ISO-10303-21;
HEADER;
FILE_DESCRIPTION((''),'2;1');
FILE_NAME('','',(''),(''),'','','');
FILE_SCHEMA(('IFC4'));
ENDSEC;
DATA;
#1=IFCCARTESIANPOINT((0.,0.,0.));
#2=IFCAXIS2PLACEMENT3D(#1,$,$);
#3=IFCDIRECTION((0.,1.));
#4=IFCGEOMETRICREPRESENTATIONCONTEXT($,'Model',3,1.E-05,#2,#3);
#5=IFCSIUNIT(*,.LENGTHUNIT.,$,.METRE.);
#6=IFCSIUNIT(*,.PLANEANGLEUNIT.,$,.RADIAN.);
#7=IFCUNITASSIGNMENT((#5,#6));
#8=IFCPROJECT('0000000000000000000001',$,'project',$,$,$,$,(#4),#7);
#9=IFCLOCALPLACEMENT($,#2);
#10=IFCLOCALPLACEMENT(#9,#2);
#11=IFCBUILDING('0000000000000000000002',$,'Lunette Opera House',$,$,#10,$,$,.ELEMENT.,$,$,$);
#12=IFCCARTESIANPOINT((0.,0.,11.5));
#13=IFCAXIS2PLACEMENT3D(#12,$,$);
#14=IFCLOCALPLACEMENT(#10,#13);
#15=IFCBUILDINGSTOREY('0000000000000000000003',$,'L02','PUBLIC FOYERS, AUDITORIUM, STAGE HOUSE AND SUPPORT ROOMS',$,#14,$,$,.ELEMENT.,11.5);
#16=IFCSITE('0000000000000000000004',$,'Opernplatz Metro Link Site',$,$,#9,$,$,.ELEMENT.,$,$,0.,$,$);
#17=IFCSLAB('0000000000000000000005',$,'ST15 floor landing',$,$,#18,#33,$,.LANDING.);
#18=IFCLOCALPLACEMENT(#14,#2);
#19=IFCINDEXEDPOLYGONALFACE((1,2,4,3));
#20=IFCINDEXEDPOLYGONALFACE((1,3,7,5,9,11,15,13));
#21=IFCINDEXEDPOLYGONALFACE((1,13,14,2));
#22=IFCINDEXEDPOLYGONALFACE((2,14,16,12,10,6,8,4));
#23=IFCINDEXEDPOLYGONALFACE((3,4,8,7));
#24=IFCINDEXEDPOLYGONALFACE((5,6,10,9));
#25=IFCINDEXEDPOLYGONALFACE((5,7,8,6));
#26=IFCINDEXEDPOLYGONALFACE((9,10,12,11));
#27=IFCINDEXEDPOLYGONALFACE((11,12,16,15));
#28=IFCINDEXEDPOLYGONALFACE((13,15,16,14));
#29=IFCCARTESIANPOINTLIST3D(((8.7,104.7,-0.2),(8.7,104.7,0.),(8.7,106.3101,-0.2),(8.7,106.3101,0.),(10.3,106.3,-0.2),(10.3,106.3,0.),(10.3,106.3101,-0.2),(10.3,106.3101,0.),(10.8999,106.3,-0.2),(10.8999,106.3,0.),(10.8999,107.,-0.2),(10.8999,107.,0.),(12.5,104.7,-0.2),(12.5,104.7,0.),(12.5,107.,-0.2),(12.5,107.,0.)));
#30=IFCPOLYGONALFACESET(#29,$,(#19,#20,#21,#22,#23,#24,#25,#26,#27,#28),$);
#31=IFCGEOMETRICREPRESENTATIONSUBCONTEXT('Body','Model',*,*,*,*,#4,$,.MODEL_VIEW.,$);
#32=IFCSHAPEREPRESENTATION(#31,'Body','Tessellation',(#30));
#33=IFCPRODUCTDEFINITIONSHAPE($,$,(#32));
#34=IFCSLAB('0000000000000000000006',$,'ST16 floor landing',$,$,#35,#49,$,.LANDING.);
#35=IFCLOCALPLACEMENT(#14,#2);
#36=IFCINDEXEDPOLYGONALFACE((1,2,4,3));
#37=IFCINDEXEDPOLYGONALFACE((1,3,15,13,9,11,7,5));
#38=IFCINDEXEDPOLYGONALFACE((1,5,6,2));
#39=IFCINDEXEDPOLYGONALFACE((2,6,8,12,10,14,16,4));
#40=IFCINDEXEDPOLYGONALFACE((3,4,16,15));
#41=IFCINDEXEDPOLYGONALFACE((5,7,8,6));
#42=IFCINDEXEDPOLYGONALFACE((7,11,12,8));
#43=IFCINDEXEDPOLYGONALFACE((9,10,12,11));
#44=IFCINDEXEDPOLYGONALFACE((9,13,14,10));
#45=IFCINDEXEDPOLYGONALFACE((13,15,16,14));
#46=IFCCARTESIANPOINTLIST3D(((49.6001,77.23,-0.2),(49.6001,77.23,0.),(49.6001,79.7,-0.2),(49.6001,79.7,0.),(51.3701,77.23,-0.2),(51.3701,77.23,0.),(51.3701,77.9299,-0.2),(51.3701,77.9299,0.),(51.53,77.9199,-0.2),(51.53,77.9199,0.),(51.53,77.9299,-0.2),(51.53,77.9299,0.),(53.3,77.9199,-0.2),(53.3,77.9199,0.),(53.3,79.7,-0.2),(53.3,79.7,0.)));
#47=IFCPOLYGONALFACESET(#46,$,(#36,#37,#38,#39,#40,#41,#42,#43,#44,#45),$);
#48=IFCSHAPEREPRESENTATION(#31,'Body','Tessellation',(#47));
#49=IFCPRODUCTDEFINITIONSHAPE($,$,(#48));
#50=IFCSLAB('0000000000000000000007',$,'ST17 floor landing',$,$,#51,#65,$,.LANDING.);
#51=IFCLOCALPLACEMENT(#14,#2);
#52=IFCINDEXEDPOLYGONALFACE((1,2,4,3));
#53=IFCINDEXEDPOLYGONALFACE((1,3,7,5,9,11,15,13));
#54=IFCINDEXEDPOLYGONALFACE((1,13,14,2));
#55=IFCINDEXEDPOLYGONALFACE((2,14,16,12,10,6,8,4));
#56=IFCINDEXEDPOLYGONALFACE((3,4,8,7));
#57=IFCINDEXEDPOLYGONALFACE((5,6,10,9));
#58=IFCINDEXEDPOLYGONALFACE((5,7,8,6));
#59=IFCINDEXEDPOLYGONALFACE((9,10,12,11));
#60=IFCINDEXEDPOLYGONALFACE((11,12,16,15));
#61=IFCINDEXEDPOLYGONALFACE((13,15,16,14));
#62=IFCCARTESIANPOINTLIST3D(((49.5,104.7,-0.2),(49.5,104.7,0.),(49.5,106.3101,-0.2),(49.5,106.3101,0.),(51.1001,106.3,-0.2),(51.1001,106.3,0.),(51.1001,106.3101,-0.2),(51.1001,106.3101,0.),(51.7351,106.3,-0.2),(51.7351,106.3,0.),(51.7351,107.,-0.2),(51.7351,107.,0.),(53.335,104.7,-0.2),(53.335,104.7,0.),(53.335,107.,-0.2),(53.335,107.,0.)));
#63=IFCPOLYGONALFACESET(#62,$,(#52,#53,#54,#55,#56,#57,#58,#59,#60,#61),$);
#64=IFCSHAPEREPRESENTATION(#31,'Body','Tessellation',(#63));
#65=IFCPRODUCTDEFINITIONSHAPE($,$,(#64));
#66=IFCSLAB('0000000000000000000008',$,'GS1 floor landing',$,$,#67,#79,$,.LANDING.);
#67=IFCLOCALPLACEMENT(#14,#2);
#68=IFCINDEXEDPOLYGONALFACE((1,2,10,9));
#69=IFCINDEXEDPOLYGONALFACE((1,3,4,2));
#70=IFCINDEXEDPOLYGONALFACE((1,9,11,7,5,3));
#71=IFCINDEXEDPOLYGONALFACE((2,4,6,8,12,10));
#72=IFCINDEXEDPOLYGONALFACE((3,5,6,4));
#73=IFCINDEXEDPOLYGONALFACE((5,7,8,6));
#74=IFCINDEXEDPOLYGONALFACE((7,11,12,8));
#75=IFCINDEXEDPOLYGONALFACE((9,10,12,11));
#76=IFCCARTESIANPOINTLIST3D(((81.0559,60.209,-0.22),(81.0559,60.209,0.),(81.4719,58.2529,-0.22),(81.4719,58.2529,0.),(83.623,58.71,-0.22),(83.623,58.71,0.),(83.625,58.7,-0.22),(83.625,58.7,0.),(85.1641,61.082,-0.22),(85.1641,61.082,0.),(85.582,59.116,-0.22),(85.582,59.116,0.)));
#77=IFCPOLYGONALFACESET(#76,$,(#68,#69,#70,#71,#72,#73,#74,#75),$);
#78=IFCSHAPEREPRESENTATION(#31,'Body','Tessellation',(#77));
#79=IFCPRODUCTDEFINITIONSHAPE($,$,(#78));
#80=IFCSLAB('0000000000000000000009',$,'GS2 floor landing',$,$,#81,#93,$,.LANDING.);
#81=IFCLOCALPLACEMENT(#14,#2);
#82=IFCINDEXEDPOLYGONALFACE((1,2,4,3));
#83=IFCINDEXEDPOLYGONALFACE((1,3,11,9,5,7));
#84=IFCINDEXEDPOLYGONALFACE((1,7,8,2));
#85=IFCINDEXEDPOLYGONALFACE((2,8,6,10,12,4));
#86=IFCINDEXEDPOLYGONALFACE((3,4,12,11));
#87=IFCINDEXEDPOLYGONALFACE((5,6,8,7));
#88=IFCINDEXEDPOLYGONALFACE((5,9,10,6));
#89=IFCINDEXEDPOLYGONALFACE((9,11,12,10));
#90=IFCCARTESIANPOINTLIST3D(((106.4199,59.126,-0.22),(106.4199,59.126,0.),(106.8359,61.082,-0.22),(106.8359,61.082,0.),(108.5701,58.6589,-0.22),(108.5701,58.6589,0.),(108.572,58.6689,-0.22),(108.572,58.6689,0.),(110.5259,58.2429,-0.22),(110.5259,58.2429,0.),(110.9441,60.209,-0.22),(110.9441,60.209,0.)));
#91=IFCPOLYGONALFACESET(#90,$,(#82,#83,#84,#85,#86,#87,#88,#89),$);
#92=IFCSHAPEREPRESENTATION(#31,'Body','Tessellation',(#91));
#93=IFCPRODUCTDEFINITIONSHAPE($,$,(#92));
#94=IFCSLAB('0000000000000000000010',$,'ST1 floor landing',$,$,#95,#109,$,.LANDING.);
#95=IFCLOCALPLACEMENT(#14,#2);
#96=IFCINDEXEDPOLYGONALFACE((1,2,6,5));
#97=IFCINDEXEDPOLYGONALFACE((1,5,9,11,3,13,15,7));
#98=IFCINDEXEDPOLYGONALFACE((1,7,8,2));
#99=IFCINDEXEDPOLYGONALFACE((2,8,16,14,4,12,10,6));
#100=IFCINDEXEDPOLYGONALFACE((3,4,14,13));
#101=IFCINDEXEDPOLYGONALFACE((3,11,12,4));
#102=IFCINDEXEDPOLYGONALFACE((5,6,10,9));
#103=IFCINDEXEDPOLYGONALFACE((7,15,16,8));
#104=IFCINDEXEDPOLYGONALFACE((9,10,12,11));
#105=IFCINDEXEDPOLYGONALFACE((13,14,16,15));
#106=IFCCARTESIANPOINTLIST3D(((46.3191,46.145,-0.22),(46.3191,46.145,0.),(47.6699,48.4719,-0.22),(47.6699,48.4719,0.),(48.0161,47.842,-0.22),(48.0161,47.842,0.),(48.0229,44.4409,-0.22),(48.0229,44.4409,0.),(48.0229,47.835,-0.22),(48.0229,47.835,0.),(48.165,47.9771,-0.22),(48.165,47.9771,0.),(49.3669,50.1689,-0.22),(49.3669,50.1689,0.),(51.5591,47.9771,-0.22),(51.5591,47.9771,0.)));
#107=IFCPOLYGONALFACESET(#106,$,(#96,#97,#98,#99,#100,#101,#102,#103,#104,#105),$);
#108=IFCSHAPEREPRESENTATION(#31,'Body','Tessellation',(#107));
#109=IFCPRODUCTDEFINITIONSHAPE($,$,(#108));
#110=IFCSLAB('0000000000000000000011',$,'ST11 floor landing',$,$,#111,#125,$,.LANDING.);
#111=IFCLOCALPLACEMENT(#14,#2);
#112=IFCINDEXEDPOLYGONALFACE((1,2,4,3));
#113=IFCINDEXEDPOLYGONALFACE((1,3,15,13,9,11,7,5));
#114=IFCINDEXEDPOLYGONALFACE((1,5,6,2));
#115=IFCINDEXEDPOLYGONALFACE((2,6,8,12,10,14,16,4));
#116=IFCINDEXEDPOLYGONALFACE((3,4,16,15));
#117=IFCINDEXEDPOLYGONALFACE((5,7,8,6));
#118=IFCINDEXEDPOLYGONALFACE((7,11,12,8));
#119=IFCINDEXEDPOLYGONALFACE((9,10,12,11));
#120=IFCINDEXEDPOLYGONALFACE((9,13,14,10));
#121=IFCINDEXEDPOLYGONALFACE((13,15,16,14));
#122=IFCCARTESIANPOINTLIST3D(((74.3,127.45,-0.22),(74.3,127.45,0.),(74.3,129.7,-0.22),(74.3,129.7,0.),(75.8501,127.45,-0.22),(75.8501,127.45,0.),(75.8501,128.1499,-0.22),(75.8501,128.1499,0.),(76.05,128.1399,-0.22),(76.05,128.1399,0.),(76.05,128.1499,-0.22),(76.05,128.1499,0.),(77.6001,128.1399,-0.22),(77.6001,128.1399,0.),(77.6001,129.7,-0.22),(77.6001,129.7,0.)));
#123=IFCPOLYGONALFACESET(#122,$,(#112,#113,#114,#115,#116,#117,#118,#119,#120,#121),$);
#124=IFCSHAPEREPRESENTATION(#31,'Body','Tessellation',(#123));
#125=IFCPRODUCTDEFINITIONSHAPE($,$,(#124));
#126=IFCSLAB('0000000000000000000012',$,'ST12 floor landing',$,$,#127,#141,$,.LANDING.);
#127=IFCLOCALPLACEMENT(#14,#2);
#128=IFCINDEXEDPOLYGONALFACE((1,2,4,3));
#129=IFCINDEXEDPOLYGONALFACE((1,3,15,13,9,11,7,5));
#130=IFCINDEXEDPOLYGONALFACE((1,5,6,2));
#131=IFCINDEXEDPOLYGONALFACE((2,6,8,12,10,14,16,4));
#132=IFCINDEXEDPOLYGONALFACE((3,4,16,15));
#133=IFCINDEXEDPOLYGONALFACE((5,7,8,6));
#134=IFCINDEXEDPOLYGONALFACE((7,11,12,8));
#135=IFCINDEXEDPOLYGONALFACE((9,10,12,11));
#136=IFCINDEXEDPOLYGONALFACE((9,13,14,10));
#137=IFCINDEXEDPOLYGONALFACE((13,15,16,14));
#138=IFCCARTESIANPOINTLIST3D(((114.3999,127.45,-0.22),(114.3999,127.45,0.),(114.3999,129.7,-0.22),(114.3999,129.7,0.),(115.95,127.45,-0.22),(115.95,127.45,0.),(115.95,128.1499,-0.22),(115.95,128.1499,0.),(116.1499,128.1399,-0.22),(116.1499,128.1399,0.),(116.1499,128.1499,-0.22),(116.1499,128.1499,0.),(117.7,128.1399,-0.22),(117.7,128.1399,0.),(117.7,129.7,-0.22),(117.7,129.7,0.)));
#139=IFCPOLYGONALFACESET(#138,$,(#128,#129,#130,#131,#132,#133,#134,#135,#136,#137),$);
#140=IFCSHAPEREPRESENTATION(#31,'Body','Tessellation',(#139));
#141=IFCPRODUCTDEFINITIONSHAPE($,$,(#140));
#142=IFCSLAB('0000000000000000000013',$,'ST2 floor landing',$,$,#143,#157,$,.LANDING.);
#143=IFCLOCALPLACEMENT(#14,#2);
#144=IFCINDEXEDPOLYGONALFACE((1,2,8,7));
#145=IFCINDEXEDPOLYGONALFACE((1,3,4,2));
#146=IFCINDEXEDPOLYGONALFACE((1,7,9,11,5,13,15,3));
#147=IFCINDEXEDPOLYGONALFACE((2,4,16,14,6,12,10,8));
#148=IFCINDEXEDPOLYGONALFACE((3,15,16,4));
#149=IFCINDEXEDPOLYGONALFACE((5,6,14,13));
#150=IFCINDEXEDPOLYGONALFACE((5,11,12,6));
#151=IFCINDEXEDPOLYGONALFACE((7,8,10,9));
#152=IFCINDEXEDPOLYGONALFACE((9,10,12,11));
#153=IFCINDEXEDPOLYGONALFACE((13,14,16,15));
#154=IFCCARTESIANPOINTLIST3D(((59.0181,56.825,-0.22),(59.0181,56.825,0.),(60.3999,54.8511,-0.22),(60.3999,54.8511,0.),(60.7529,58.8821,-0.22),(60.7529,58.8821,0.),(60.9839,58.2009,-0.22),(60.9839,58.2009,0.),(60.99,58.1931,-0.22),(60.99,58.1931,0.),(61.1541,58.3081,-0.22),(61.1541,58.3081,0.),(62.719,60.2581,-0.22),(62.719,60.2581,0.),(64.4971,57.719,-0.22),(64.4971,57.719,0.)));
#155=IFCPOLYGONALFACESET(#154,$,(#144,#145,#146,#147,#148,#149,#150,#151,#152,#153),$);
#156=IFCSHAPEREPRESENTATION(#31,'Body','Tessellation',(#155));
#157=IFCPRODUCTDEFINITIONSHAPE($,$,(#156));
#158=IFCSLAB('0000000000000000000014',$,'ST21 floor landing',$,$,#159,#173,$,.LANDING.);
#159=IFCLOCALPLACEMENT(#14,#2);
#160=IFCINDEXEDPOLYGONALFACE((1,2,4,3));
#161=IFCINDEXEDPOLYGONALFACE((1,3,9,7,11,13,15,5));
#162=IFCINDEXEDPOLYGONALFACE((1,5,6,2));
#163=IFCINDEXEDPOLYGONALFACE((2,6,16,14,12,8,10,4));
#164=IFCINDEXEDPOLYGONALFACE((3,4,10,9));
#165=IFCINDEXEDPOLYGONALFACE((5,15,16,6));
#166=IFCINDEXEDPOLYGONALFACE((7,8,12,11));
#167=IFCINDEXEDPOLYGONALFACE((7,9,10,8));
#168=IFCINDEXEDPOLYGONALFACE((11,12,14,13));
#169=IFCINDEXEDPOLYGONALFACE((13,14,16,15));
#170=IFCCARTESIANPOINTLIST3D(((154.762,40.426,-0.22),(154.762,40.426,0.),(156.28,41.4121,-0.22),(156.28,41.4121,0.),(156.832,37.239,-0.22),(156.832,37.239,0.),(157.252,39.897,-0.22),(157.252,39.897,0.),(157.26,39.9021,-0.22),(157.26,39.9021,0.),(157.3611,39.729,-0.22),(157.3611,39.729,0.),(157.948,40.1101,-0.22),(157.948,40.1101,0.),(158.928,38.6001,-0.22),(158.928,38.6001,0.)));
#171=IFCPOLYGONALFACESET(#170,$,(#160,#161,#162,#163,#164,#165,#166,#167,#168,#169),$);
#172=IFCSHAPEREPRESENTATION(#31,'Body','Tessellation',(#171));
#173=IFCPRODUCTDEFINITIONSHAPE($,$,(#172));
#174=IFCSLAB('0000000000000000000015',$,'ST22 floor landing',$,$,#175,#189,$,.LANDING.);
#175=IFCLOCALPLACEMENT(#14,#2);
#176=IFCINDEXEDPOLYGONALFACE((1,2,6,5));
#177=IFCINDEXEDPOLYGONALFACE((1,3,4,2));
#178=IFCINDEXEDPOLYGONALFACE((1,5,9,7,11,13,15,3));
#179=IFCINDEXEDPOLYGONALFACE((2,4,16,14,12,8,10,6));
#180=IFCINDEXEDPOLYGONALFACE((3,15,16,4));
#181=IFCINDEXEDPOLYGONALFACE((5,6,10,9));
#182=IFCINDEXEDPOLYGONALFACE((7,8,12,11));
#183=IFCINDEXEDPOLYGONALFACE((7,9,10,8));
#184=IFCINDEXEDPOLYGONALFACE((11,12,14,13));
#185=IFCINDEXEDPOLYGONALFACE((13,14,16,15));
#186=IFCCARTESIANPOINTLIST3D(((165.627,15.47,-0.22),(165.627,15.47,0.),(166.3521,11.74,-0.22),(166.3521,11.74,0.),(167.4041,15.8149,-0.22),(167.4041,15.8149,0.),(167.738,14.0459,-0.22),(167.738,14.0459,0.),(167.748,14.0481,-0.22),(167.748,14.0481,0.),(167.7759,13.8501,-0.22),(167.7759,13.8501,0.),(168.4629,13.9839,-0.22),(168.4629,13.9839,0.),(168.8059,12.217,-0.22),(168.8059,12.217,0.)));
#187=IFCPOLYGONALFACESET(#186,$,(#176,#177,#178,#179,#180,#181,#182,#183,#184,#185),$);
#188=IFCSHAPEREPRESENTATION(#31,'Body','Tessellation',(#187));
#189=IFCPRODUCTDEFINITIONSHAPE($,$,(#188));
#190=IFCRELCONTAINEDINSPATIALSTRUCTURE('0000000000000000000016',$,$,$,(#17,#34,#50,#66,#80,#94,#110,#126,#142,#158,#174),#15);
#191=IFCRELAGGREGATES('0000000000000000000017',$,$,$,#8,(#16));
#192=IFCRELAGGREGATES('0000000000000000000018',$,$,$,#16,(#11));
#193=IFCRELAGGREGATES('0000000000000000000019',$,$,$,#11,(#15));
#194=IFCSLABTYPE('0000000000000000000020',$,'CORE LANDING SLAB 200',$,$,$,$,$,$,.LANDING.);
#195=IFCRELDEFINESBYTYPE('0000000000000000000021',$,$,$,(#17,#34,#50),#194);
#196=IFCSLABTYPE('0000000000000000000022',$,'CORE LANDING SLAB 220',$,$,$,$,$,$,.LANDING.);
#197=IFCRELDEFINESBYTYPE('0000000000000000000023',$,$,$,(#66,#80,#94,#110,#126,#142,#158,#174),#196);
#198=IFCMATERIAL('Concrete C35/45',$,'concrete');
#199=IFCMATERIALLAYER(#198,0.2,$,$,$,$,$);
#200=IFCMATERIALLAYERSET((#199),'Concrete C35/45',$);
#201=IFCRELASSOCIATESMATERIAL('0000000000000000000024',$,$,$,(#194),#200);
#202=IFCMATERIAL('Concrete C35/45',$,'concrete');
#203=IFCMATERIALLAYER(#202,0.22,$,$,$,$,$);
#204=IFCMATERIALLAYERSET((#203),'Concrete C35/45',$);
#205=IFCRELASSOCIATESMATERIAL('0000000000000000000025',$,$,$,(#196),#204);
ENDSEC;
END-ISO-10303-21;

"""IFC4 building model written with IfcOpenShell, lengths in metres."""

from ifc_helpers import new_model, si_unit, direction, frame, origin, place, context, subcontext, project, spatial, polyline, outline, extrude, material, layer, layer_set, type_object, element, save


model = new_model("IFC4")

# Units and contexts
model_context = context("Model", 3, precision=1e-05, world=origin(), true_north=direction((0.0, 1.0)))
body_context = subcontext(model_context, "Body", "Model", "MODEL_VIEW")
ifc_project = project(units=[si_unit("LENGTHUNIT", "METRE"), si_unit("PLANEANGLEUNIT", "RADIAN")], contexts=[model_context])

# Site, building, storey
site_placement = place(None, origin())
site = spatial("IfcSite", under=ifc_project, at=site_placement, Name="Opernplatz Metro Link Site", CompositionType="ELEMENT", RefElevation=0.0)
building_placement = place(site_placement, origin())
building = spatial("IfcBuilding", under=site, at=building_placement, Name="Lunette Opera House", CompositionType="ELEMENT")
storey_placement = place(building_placement, frame((0.0, 0.0, 11.5)))
storey = spatial("IfcBuildingStorey", under=building, at=storey_placement, Name="L02", Description="PUBLIC FOYERS, AUDITORIUM, STAGE HOUSE AND SUPPORT ROOMS", CompositionType="ELEMENT", Elevation=11.5)

# Slabs
ifc_material_1 = material(Name="Concrete C35/45", Category="concrete")
ifc_layer_1 = layer(ifc_material_1, 0.2)
ifc_layer_set_1 = layer_set([ifc_layer_1], Name="Concrete C35/45")
slab_type_1 = type_object("IfcSlabType", Name="CORE LANDING SLAB 200", PredefinedType="LANDING", material=ifc_layer_set_1)
slab_1_placement = place(storey_placement, frame((0.0, 0.0, -0.2)))
element("IfcSlab", 1, at=slab_1_placement, inside=storey, type_object=slab_type_1, Name="ST15 floor landing", PredefinedType="LANDING", context=body_context, shape_type="SweptSolid", body=[
    extrude(outline(polyline([(10.8999, 106.3), (10.8999, 107.0), (12.5, 107.0), (12.5, 104.7), (8.7, 104.7), (8.7, 106.3101), (10.3, 106.3101), (10.3, 106.3), (10.8999, 106.3)])), origin(), (0.0, 0.0, 1.0), 0.2),
])
slab_2_placement = place(storey_placement, frame((0.0, 0.0, -0.2)))
element("IfcSlab", 2, at=slab_2_placement, inside=storey, type_object=slab_type_1, Name="ST16 floor landing", PredefinedType="LANDING", context=body_context, shape_type="SweptSolid", body=[
    extrude(outline(polyline([(53.3, 77.9199), (51.53, 77.9199), (51.53, 77.9299), (51.3701, 77.9299), (51.3701, 77.23), (49.6001, 77.23), (49.6001, 79.7), (53.3, 79.7), (53.3, 77.9199)])), origin(), (0.0, 0.0, 1.0), 0.2),
])
slab_3_placement = place(storey_placement, frame((0.0, 0.0, -0.2)))
element("IfcSlab", 3, at=slab_3_placement, inside=storey, type_object=slab_type_1, Name="ST17 floor landing", PredefinedType="LANDING", context=body_context, shape_type="SweptSolid", body=[
    extrude(outline(polyline([(53.335, 104.7), (49.5, 104.7), (49.5, 106.3101), (51.1001, 106.3101), (51.1001, 106.3), (51.7351, 106.3), (51.7351, 107.0), (53.335, 107.0), (53.335, 104.7)])), origin(), (0.0, 0.0, 1.0), 0.2),
])
ifc_material_2 = material(Name="Concrete C35/45", Category="concrete")
ifc_layer_2 = layer(ifc_material_2, 0.22)
ifc_layer_set_2 = layer_set([ifc_layer_2], Name="Concrete C35/45")
slab_type_2 = type_object("IfcSlabType", Name="CORE LANDING SLAB 220", PredefinedType="LANDING", material=ifc_layer_set_2)
slab_4_placement = place(storey_placement, frame((0.0, 0.0, -0.22)))
element("IfcSlab", 4, at=slab_4_placement, inside=storey, type_object=slab_type_2, Name="GS1 floor landing", PredefinedType="LANDING", context=body_context, shape_type="SweptSolid", body=[
    extrude(outline(polyline([(85.1641, 61.082), (85.582, 59.116), (83.625, 58.7), (83.623, 58.71), (81.4719, 58.2529), (81.0559, 60.209), (85.1641, 61.082)])), origin(), (0.0, 0.0, 1.0), 0.22),
])
slab_5_placement = place(storey_placement, frame((0.0, 0.0, -0.22)))
element("IfcSlab", 5, at=slab_5_placement, inside=storey, type_object=slab_type_2, Name="GS2 floor landing", PredefinedType="LANDING", context=body_context, shape_type="SweptSolid", body=[
    extrude(outline(polyline([(110.9441, 60.209), (110.5259, 58.2429), (108.5701, 58.6589), (108.572, 58.6689), (106.4199, 59.126), (106.8359, 61.082), (110.9441, 60.209)])), origin(), (0.0, 0.0, 1.0), 0.22),
])
slab_6_placement = place(storey_placement, frame((0.0, 0.0, -0.22)))
element("IfcSlab", 6, at=slab_6_placement, inside=storey, type_object=slab_type_2, Name="ST1 floor landing", PredefinedType="LANDING", context=body_context, shape_type="SweptSolid", body=[
    extrude(outline(polyline([(46.3191, 46.145), (48.0161, 47.842), (48.0229, 47.835), (48.165, 47.9771), (47.6699, 48.4719), (49.3669, 50.1689), (51.5591, 47.9771), (48.0229, 44.4409), (46.3191, 46.145)])), origin(), (0.0, 0.0, 1.0), 0.22),
])
slab_7_placement = place(storey_placement, frame((0.0, 0.0, -0.22)))
element("IfcSlab", 7, at=slab_7_placement, inside=storey, type_object=slab_type_2, Name="ST11 floor landing", PredefinedType="LANDING", context=body_context, shape_type="SweptSolid", body=[
    extrude(outline(polyline([(77.6001, 129.7), (77.6001, 128.1399), (76.05, 128.1399), (76.05, 128.1499), (75.8501, 128.1499), (75.8501, 127.45), (74.3, 127.45), (74.3, 129.7), (77.6001, 129.7)])), origin(), (0.0, 0.0, 1.0), 0.22),
])
slab_8_placement = place(storey_placement, frame((0.0, 0.0, -0.22)))
element("IfcSlab", 8, at=slab_8_placement, inside=storey, type_object=slab_type_2, Name="ST12 floor landing", PredefinedType="LANDING", context=body_context, shape_type="SweptSolid", body=[
    extrude(outline(polyline([(117.7, 128.1399), (116.1499, 128.1399), (116.1499, 128.1499), (115.95, 128.1499), (115.95, 127.45), (114.3999, 127.45), (114.3999, 129.7), (117.7, 129.7), (117.7, 128.1399)])), origin(), (0.0, 0.0, 1.0), 0.22),
])
slab_9_placement = place(storey_placement, frame((0.0, 0.0, -0.22)))
element("IfcSlab", 9, at=slab_9_placement, inside=storey, type_object=slab_type_2, Name="ST2 floor landing", PredefinedType="LANDING", context=body_context, shape_type="SweptSolid", body=[
    extrude(outline(polyline([(60.3999, 54.8511), (59.0181, 56.825), (60.9839, 58.2009), (60.99, 58.1931), (61.1541, 58.3081), (60.7529, 58.8821), (62.719, 60.2581), (64.4971, 57.719), (60.3999, 54.8511)])), origin(), (0.0, 0.0, 1.0), 0.22),
])
slab_10_placement = place(storey_placement, frame((0.0, 0.0, -0.22)))
element("IfcSlab", 10, at=slab_10_placement, inside=storey, type_object=slab_type_2, Name="ST21 floor landing", PredefinedType="LANDING", context=body_context, shape_type="SweptSolid", body=[
    extrude(outline(polyline([(154.762, 40.426), (156.28, 41.4121), (157.26, 39.9021), (157.252, 39.897), (157.3611, 39.729), (157.948, 40.1101), (158.928, 38.6001), (156.832, 37.239), (154.762, 40.426)])), origin(), (0.0, 0.0, 1.0), 0.22),
])
slab_11_placement = place(storey_placement, frame((0.0, 0.0, -0.22)))
element("IfcSlab", 11, at=slab_11_placement, inside=storey, type_object=slab_type_2, Name="ST22 floor landing", PredefinedType="LANDING", context=body_context, shape_type="SweptSolid", body=[
    extrude(outline(polyline([(166.3521, 11.74), (165.627, 15.47), (167.4041, 15.8149), (167.748, 14.0481), (167.738, 14.0459), (167.7759, 13.8501), (168.4629, 13.9839), (168.8059, 12.217), (166.3521, 11.74)])), origin(), (0.0, 0.0, 1.0), 0.22),
])

save(model, "model.ifc")
